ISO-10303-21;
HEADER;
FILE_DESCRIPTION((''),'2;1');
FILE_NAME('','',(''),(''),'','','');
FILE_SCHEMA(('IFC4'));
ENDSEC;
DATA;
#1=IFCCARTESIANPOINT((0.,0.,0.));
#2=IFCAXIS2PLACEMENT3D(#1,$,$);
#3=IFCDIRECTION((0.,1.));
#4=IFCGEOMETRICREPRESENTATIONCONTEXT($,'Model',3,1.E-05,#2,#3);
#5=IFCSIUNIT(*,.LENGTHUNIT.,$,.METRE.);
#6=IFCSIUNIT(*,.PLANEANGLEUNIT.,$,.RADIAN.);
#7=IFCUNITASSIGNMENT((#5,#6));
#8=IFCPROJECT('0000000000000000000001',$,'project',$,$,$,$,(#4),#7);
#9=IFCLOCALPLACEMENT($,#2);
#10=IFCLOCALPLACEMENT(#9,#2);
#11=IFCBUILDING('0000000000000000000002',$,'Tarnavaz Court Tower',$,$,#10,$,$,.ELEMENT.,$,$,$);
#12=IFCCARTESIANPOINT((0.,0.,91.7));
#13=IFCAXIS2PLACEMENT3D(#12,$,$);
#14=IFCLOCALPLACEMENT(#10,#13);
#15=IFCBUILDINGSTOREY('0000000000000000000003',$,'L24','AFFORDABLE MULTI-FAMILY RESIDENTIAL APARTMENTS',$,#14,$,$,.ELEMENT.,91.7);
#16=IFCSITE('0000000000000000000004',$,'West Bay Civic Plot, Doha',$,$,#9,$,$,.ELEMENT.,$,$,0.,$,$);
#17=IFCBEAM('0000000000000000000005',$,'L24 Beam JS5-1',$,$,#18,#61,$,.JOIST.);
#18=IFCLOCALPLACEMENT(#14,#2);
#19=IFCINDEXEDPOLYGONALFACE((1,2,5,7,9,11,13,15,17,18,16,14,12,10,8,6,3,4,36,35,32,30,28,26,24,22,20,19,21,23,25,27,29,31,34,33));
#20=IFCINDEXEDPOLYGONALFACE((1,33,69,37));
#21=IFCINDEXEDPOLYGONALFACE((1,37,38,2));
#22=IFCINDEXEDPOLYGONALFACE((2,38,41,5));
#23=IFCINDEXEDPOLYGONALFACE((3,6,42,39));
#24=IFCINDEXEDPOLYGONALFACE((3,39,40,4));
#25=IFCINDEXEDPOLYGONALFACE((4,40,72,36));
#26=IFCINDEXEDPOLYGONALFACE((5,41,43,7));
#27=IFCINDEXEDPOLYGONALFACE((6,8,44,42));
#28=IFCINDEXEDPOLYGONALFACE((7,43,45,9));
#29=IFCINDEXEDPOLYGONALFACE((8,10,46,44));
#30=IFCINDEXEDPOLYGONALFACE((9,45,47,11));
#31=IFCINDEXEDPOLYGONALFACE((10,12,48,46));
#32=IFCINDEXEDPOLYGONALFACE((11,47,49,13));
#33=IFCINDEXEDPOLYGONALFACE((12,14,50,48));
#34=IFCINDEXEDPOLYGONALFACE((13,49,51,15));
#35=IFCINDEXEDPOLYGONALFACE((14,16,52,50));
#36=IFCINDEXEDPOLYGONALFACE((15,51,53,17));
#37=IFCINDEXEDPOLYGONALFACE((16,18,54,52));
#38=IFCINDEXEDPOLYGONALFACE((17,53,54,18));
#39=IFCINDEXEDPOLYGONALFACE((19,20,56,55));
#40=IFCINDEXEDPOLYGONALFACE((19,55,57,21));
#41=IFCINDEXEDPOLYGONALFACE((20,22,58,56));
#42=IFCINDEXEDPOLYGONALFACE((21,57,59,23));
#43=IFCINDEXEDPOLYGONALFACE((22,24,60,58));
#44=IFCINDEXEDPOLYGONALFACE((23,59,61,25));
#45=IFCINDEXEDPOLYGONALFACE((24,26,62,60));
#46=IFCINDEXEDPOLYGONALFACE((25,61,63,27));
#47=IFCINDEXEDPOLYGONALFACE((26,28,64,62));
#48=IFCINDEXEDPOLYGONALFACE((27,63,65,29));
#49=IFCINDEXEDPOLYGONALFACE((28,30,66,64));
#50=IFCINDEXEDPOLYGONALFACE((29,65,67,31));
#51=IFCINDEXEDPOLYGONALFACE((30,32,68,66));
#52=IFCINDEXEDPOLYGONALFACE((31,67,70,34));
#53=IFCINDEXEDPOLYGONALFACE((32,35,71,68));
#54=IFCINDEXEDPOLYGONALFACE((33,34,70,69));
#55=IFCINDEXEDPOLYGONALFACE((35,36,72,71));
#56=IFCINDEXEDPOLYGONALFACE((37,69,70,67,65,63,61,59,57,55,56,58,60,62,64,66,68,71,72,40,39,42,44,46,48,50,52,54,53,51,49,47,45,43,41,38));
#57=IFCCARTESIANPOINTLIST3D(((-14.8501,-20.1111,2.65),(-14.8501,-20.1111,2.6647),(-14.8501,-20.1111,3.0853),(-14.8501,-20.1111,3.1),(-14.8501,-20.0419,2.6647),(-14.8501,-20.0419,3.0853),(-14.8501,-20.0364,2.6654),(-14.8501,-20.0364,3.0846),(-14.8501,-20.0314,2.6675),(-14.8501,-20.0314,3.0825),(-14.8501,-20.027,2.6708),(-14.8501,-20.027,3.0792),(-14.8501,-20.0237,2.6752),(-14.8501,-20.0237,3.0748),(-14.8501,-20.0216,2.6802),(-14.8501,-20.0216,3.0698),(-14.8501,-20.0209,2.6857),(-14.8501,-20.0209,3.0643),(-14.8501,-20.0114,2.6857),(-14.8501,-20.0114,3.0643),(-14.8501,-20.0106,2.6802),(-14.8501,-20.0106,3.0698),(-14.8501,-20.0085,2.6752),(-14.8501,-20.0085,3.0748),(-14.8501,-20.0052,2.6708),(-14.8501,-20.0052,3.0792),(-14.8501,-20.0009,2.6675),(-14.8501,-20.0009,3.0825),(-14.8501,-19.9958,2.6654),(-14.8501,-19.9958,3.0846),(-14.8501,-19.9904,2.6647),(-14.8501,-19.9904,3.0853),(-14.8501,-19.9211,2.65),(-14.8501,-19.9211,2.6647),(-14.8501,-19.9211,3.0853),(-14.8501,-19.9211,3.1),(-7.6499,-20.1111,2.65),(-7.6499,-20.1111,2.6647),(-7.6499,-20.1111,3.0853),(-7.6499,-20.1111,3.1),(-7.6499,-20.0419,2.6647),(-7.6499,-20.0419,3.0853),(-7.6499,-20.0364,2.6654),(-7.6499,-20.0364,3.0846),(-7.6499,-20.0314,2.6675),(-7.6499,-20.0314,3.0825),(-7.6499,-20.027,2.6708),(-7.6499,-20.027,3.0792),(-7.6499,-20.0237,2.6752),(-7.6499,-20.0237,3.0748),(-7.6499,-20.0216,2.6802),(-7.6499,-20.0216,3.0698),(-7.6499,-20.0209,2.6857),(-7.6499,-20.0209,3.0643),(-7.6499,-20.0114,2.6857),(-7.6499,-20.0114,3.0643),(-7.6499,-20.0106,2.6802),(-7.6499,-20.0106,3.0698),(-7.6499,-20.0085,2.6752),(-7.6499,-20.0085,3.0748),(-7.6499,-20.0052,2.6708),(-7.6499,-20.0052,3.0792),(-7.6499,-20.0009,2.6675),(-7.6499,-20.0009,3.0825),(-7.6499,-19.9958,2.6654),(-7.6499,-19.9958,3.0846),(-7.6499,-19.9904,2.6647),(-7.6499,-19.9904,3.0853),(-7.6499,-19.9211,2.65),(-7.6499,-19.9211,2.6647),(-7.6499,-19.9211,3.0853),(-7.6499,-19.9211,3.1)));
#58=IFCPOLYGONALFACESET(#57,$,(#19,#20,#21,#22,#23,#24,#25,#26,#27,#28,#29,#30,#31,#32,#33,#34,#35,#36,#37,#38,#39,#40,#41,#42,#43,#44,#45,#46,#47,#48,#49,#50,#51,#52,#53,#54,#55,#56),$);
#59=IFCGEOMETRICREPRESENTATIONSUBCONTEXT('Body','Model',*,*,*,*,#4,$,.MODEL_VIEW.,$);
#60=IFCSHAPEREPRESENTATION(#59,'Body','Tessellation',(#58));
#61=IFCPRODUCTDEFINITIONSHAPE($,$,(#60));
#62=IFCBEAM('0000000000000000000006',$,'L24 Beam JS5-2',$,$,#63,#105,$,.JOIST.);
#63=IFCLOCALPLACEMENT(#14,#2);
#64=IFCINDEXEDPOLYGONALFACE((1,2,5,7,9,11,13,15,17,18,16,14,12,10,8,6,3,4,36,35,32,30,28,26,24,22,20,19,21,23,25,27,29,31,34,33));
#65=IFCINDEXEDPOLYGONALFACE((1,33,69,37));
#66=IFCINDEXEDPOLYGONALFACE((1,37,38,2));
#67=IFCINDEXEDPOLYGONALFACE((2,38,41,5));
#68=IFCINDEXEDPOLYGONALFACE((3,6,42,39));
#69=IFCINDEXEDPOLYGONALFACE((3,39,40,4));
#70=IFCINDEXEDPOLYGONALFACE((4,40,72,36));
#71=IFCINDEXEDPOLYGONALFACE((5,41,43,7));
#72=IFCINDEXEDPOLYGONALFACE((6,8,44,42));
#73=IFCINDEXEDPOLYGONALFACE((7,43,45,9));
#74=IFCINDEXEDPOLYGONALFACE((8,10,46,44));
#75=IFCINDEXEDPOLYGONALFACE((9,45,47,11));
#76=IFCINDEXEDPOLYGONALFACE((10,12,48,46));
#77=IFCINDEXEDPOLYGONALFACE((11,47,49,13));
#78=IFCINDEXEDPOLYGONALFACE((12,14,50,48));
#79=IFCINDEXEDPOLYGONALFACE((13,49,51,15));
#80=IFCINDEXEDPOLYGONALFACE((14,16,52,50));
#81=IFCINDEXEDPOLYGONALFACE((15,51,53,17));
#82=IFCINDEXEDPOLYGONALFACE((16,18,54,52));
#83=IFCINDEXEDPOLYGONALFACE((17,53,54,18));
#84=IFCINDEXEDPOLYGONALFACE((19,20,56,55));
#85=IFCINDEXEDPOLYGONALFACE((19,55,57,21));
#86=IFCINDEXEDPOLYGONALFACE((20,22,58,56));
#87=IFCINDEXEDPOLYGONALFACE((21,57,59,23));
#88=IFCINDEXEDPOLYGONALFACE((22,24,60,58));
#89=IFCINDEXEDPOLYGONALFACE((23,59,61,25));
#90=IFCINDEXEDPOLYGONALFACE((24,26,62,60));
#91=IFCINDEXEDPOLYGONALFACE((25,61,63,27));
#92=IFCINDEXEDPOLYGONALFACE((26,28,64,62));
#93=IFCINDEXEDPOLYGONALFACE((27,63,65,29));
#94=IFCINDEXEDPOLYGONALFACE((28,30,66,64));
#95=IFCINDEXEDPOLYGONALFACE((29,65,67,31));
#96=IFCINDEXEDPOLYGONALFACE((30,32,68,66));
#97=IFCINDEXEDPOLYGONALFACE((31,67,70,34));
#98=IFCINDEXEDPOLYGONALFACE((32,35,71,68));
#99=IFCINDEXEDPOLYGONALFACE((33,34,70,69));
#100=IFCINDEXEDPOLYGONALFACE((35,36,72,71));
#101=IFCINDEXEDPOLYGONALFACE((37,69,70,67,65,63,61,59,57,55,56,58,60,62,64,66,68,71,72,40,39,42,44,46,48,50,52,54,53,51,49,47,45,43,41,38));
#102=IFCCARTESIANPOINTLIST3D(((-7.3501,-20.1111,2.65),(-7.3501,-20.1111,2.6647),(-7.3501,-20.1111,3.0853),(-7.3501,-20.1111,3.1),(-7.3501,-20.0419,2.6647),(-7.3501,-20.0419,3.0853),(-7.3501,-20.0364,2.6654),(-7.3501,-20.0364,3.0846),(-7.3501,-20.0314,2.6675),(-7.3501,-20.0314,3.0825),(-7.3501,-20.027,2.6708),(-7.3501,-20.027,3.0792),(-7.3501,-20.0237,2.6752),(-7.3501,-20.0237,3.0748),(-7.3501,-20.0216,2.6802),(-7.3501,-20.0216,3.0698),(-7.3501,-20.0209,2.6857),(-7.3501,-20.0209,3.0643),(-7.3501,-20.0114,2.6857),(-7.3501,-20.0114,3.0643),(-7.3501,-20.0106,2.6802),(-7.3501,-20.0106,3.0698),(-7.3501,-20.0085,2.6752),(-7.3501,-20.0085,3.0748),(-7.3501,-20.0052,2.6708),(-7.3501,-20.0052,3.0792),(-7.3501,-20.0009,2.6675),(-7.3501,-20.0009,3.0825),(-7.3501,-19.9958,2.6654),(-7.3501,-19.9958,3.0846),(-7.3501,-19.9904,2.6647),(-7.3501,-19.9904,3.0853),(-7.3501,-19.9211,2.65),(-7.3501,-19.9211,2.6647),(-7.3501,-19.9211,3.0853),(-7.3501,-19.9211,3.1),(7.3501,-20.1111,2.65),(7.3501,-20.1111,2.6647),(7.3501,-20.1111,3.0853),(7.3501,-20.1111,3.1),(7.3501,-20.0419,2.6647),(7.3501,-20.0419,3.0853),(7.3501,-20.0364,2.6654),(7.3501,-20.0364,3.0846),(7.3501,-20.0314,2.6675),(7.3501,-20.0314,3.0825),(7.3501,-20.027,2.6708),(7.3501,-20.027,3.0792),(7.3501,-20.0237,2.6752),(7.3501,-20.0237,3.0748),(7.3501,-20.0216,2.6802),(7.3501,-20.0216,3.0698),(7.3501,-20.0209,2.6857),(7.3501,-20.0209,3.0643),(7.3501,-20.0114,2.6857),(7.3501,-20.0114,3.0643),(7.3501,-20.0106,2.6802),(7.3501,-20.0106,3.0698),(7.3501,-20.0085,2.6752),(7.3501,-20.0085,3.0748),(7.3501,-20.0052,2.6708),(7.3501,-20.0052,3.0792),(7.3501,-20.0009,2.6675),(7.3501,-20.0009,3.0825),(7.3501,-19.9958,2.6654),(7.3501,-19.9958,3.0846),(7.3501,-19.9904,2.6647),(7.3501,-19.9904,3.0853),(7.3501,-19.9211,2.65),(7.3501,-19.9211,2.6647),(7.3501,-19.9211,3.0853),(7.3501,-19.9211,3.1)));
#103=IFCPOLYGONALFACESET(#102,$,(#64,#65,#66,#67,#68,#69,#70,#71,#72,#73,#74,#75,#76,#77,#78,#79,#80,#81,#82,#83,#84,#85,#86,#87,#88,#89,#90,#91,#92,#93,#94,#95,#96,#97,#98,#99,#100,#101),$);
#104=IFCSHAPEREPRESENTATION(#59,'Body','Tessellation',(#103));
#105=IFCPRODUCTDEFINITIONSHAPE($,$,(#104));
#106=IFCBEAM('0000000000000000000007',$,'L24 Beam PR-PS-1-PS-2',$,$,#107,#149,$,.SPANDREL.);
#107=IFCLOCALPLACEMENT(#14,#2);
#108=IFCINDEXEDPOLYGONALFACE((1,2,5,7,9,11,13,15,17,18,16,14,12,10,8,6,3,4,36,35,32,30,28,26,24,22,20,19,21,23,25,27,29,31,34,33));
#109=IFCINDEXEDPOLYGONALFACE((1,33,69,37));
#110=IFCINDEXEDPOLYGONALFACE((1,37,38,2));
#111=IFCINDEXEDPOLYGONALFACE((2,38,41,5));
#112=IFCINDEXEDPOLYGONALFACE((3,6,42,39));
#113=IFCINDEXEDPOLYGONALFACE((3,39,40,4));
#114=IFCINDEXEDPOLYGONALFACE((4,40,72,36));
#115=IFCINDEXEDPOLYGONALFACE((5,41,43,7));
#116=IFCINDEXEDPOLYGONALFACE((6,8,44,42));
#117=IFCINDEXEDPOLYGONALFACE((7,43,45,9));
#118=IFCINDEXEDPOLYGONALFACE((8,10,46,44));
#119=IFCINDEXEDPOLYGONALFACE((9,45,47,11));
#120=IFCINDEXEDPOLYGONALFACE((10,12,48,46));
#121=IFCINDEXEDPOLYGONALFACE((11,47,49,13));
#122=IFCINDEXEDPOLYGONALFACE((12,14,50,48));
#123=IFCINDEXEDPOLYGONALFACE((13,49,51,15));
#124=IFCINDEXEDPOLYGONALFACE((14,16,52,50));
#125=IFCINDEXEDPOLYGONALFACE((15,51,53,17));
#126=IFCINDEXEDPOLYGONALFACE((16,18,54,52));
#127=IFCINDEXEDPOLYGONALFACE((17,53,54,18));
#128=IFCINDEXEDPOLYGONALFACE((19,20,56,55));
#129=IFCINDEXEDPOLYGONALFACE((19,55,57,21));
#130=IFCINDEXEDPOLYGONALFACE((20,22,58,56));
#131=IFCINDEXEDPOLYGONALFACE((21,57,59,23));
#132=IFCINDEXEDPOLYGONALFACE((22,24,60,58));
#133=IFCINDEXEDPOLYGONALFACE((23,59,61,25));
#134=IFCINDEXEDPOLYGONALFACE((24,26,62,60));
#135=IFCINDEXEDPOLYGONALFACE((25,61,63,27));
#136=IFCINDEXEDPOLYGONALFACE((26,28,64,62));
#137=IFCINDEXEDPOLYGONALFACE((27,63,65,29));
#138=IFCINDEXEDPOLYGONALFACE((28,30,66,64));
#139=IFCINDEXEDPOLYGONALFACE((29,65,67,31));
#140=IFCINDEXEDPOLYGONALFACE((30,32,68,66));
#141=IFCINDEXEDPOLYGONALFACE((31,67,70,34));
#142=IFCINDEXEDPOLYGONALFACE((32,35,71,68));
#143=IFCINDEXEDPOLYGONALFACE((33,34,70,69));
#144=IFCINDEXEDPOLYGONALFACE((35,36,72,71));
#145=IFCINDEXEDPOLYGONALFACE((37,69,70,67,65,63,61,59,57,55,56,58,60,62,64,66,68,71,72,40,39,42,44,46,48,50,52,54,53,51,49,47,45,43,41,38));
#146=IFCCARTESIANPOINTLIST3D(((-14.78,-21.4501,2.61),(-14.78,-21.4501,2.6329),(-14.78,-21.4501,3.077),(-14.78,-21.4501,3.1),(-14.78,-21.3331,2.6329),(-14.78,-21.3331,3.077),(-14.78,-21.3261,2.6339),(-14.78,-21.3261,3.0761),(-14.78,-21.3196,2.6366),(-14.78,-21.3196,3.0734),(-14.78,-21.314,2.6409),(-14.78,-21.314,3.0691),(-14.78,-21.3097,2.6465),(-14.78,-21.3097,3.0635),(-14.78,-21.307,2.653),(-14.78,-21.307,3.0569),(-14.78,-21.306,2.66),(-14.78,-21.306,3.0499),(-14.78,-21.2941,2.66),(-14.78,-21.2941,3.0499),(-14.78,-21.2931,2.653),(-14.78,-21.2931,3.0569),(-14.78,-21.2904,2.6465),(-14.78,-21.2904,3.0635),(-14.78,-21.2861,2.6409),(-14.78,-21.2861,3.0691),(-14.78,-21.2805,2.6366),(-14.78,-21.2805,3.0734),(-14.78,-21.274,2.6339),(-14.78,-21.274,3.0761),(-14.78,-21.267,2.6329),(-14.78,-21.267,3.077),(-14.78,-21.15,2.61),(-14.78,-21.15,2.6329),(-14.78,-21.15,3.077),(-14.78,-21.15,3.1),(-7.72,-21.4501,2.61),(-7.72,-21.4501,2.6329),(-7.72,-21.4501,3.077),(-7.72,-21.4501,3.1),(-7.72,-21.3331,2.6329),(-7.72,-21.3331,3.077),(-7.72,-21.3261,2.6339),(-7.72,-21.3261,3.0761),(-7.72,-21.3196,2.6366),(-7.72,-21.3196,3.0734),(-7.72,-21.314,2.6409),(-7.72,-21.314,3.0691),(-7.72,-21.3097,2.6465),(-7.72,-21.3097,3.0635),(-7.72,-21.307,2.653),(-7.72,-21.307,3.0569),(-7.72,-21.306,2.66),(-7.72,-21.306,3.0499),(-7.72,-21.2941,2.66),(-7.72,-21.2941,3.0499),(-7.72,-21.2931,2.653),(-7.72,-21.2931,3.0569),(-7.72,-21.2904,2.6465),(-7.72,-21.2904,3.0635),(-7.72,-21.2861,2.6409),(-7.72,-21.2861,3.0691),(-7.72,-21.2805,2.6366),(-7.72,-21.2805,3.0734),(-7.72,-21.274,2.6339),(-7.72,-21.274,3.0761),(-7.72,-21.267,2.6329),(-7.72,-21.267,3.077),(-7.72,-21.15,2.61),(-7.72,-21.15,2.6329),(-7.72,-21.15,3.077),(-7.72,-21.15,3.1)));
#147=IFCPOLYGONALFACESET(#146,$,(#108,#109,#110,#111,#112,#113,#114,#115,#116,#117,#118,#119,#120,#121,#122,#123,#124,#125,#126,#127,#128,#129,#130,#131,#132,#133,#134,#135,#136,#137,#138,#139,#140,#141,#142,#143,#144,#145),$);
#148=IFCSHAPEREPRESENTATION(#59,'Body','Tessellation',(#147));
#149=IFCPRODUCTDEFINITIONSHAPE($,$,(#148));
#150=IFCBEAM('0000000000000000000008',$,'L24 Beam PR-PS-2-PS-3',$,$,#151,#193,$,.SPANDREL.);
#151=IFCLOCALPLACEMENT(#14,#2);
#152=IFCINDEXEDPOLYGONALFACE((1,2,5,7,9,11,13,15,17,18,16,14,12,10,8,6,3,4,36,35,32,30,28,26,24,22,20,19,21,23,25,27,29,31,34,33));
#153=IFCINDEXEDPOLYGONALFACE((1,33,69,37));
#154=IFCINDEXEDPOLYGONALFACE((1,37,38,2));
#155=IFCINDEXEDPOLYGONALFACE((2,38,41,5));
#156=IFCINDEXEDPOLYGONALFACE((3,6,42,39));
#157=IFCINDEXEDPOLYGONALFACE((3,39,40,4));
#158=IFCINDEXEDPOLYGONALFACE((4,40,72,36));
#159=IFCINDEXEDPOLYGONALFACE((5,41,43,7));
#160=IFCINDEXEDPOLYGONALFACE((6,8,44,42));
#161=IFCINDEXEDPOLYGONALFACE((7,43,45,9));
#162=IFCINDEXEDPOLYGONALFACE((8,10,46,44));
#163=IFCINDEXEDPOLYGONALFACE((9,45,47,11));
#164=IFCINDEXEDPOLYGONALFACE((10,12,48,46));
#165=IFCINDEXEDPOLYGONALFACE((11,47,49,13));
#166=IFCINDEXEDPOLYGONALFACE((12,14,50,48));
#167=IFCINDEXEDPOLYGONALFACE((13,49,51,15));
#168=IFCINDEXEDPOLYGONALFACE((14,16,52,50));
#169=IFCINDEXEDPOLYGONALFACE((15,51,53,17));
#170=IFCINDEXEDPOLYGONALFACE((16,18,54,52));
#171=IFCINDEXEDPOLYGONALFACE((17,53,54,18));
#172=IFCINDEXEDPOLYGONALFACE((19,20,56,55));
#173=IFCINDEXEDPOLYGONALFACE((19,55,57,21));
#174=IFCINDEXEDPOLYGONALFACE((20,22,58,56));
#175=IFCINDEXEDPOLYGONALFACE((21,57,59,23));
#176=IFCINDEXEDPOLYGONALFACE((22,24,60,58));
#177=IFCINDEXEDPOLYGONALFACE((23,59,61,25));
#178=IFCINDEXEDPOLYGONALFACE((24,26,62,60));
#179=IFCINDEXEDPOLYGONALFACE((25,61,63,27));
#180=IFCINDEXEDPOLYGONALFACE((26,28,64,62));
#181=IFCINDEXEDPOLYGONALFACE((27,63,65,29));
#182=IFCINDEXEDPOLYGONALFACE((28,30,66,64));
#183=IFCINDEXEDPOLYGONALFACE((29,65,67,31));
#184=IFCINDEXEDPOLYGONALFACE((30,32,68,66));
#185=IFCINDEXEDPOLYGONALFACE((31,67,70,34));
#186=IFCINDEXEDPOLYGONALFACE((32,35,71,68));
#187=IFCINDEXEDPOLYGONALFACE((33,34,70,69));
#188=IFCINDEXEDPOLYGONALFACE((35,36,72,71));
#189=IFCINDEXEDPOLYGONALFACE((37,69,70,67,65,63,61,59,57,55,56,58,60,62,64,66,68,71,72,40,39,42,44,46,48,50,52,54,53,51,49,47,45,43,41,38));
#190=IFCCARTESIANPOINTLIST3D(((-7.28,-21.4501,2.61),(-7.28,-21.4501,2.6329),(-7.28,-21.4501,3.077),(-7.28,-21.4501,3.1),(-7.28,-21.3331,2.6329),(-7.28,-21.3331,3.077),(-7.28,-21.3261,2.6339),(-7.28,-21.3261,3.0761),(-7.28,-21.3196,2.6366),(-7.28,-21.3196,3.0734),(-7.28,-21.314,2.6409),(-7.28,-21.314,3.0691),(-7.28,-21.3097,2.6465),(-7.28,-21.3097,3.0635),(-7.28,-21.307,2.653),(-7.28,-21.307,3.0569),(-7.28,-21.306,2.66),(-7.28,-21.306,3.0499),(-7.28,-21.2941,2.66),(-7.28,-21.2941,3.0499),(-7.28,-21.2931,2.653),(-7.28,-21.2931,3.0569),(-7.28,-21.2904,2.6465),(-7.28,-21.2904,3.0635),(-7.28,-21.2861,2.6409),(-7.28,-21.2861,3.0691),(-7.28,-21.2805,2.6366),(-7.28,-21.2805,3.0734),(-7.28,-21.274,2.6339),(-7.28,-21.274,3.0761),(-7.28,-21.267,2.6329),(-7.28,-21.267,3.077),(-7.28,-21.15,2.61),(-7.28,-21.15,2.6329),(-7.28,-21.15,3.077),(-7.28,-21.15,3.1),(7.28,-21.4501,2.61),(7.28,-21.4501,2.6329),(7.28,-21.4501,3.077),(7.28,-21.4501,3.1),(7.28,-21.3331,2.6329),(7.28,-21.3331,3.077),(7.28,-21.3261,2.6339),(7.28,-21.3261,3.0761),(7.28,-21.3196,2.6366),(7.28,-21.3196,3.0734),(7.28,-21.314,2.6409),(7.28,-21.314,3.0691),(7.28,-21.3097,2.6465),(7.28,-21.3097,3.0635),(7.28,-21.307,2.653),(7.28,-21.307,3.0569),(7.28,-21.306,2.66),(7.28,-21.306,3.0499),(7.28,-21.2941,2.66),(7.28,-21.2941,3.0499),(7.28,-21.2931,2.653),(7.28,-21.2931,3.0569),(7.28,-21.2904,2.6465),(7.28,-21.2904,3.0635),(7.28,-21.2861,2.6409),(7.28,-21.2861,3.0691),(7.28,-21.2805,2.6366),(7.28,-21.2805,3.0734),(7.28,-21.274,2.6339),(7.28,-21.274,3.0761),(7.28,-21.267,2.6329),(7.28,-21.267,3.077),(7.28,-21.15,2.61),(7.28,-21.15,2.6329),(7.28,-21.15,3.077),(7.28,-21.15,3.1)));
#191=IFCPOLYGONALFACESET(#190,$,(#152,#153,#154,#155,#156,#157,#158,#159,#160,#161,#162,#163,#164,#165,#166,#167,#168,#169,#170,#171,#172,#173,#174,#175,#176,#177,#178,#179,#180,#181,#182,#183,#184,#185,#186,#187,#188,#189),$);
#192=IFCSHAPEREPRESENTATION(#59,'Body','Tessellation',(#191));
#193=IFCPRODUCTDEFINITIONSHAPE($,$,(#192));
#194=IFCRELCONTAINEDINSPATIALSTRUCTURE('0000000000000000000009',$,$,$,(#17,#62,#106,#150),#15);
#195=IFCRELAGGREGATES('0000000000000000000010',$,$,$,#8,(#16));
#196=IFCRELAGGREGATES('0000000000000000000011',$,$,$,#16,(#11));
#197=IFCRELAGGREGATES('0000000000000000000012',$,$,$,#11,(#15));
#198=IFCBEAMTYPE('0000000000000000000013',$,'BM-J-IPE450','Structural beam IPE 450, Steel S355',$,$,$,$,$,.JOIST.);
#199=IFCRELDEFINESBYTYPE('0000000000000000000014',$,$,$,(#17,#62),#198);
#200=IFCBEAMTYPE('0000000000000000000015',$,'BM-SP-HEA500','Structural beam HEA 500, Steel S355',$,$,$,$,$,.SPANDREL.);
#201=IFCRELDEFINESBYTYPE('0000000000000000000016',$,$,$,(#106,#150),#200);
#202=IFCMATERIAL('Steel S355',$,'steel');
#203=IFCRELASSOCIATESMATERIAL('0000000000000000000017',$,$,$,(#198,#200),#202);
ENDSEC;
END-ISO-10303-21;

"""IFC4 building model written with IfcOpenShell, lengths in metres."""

from ifc_helpers import new_model, si_unit, direction, frame, origin, origin_2d, place, context, subcontext, project, spatial, i_section, extrude, material, material_profile, profile_set, type_object, element, save


model = new_model("IFC4")

# Units and contexts
model_context = context("Model", 3, precision=1e-05, world=origin(), true_north=direction((0.0, 1.0)))
body_context = subcontext(model_context, "Body", "Model", "MODEL_VIEW")
ifc_project = project(units=[si_unit("LENGTHUNIT", "METRE"), si_unit("PLANEANGLEUNIT", "RADIAN")], contexts=[model_context])

# Site, building, storey
site_placement = place(None, origin())
site = spatial("IfcSite", under=ifc_project, at=site_placement, Name="West Bay Civic Plot, Doha", CompositionType="ELEMENT", RefElevation=0.0)
building_placement = place(site_placement, origin())
building = spatial("IfcBuilding", under=site, at=building_placement, Name="Tarnavaz Court Tower", CompositionType="ELEMENT")
storey_placement = place(building_placement, frame((0.0, 0.0, 91.7)))
storey = spatial("IfcBuildingStorey", under=building, at=storey_placement, Name="L24", Description="AFFORDABLE MULTI-FAMILY RESIDENTIAL APARTMENTS", CompositionType="ELEMENT", Elevation=91.7)

# Beams
ifc_material_1 = material(Name="Steel S355", Category="steel")
ifc_material_profile_1 = material_profile(ifc_material_1, i_section(OverallWidth=0.1899, OverallDepth=0.45, WebThickness=0.0095, FlangeThickness=0.0146, FilletRadius=0.021, at=origin_2d()), Name="IPE 450")
ifc_profile_set_1 = profile_set([ifc_material_profile_1], Name="Steel S355")
beam_type_1 = type_object("IfcBeamType", Name="BM-J-IPE450", Description="Structural beam IPE 450, Steel S355", PredefinedType="JOIST", material=ifc_profile_set_1)
beam_1_placement = place(storey_placement, frame((-14.8501, -20.0161, 2.875), z_axis=(1.0, 0.0, 0.0), x_axis=(0.0, 1.0, 0.0)))
element("IfcBeam", 1, at=beam_1_placement, inside=storey, type_object=beam_type_1, Name="L24 Beam JS5-1", PredefinedType="JOIST", context=body_context, shape_type="SweptSolid", body=[
    extrude(i_section(OverallWidth=0.1899, OverallDepth=0.45, WebThickness=0.0095, FlangeThickness=0.0146, FilletRadius=0.021, at=origin_2d()), origin(), (0.0, 0.0, 1.0), 7.2002),
])
beam_2_placement = place(storey_placement, frame((-7.3501, -20.0161, 2.875), z_axis=(1.0, 0.0, 0.0), x_axis=(0.0, 1.0, 0.0)))
element("IfcBeam", 2, at=beam_2_placement, inside=storey, type_object=beam_type_1, Name="L24 Beam JS5-2", PredefinedType="JOIST", context=body_context, shape_type="SweptSolid", body=[
    extrude(i_section(OverallWidth=0.1899, OverallDepth=0.45, WebThickness=0.0095, FlangeThickness=0.0146, FilletRadius=0.021, at=origin_2d()), origin(), (0.0, 0.0, 1.0), 14.7002),
])
ifc_material_profile_2 = material_profile(ifc_material_1, i_section(OverallWidth=0.3, OverallDepth=0.49, WebThickness=0.012, FlangeThickness=0.0229, FilletRadius=0.0271, at=origin_2d()), Name="HEA 500")
ifc_profile_set_2 = profile_set([ifc_material_profile_2], Name="Steel S355")
beam_type_2 = type_object("IfcBeamType", Name="BM-SP-HEA500", Description="Structural beam HEA 500, Steel S355", PredefinedType="SPANDREL", material=ifc_profile_set_2)
beam_3_placement = place(storey_placement, frame((-14.78, -21.3, 2.855), z_axis=(1.0, 0.0, 0.0), x_axis=(0.0, 1.0, 0.0)))
element("IfcBeam", 3, at=beam_3_placement, inside=storey, type_object=beam_type_2, Name="L24 Beam PR-PS-1-PS-2", PredefinedType="SPANDREL", context=body_context, shape_type="SweptSolid", body=[
    extrude(i_section(OverallWidth=0.3, OverallDepth=0.49, WebThickness=0.012, FlangeThickness=0.0229, FilletRadius=0.0271, at=origin_2d()), origin(), (0.0, 0.0, 1.0), 7.0601),
])
beam_4_placement = place(storey_placement, frame((-7.28, -21.3, 2.855), z_axis=(1.0, 0.0, 0.0), x_axis=(0.0, 1.0, 0.0)))
element("IfcBeam", 4, at=beam_4_placement, inside=storey, type_object=beam_type_2, Name="L24 Beam PR-PS-2-PS-3", PredefinedType="SPANDREL", context=body_context, shape_type="SweptSolid", body=[
    extrude(i_section(OverallWidth=0.3, OverallDepth=0.49, WebThickness=0.012, FlangeThickness=0.0229, FilletRadius=0.0271, at=origin_2d()), origin(), (0.0, 0.0, 1.0), 14.5601),
])

save(model, "model.ifc")
